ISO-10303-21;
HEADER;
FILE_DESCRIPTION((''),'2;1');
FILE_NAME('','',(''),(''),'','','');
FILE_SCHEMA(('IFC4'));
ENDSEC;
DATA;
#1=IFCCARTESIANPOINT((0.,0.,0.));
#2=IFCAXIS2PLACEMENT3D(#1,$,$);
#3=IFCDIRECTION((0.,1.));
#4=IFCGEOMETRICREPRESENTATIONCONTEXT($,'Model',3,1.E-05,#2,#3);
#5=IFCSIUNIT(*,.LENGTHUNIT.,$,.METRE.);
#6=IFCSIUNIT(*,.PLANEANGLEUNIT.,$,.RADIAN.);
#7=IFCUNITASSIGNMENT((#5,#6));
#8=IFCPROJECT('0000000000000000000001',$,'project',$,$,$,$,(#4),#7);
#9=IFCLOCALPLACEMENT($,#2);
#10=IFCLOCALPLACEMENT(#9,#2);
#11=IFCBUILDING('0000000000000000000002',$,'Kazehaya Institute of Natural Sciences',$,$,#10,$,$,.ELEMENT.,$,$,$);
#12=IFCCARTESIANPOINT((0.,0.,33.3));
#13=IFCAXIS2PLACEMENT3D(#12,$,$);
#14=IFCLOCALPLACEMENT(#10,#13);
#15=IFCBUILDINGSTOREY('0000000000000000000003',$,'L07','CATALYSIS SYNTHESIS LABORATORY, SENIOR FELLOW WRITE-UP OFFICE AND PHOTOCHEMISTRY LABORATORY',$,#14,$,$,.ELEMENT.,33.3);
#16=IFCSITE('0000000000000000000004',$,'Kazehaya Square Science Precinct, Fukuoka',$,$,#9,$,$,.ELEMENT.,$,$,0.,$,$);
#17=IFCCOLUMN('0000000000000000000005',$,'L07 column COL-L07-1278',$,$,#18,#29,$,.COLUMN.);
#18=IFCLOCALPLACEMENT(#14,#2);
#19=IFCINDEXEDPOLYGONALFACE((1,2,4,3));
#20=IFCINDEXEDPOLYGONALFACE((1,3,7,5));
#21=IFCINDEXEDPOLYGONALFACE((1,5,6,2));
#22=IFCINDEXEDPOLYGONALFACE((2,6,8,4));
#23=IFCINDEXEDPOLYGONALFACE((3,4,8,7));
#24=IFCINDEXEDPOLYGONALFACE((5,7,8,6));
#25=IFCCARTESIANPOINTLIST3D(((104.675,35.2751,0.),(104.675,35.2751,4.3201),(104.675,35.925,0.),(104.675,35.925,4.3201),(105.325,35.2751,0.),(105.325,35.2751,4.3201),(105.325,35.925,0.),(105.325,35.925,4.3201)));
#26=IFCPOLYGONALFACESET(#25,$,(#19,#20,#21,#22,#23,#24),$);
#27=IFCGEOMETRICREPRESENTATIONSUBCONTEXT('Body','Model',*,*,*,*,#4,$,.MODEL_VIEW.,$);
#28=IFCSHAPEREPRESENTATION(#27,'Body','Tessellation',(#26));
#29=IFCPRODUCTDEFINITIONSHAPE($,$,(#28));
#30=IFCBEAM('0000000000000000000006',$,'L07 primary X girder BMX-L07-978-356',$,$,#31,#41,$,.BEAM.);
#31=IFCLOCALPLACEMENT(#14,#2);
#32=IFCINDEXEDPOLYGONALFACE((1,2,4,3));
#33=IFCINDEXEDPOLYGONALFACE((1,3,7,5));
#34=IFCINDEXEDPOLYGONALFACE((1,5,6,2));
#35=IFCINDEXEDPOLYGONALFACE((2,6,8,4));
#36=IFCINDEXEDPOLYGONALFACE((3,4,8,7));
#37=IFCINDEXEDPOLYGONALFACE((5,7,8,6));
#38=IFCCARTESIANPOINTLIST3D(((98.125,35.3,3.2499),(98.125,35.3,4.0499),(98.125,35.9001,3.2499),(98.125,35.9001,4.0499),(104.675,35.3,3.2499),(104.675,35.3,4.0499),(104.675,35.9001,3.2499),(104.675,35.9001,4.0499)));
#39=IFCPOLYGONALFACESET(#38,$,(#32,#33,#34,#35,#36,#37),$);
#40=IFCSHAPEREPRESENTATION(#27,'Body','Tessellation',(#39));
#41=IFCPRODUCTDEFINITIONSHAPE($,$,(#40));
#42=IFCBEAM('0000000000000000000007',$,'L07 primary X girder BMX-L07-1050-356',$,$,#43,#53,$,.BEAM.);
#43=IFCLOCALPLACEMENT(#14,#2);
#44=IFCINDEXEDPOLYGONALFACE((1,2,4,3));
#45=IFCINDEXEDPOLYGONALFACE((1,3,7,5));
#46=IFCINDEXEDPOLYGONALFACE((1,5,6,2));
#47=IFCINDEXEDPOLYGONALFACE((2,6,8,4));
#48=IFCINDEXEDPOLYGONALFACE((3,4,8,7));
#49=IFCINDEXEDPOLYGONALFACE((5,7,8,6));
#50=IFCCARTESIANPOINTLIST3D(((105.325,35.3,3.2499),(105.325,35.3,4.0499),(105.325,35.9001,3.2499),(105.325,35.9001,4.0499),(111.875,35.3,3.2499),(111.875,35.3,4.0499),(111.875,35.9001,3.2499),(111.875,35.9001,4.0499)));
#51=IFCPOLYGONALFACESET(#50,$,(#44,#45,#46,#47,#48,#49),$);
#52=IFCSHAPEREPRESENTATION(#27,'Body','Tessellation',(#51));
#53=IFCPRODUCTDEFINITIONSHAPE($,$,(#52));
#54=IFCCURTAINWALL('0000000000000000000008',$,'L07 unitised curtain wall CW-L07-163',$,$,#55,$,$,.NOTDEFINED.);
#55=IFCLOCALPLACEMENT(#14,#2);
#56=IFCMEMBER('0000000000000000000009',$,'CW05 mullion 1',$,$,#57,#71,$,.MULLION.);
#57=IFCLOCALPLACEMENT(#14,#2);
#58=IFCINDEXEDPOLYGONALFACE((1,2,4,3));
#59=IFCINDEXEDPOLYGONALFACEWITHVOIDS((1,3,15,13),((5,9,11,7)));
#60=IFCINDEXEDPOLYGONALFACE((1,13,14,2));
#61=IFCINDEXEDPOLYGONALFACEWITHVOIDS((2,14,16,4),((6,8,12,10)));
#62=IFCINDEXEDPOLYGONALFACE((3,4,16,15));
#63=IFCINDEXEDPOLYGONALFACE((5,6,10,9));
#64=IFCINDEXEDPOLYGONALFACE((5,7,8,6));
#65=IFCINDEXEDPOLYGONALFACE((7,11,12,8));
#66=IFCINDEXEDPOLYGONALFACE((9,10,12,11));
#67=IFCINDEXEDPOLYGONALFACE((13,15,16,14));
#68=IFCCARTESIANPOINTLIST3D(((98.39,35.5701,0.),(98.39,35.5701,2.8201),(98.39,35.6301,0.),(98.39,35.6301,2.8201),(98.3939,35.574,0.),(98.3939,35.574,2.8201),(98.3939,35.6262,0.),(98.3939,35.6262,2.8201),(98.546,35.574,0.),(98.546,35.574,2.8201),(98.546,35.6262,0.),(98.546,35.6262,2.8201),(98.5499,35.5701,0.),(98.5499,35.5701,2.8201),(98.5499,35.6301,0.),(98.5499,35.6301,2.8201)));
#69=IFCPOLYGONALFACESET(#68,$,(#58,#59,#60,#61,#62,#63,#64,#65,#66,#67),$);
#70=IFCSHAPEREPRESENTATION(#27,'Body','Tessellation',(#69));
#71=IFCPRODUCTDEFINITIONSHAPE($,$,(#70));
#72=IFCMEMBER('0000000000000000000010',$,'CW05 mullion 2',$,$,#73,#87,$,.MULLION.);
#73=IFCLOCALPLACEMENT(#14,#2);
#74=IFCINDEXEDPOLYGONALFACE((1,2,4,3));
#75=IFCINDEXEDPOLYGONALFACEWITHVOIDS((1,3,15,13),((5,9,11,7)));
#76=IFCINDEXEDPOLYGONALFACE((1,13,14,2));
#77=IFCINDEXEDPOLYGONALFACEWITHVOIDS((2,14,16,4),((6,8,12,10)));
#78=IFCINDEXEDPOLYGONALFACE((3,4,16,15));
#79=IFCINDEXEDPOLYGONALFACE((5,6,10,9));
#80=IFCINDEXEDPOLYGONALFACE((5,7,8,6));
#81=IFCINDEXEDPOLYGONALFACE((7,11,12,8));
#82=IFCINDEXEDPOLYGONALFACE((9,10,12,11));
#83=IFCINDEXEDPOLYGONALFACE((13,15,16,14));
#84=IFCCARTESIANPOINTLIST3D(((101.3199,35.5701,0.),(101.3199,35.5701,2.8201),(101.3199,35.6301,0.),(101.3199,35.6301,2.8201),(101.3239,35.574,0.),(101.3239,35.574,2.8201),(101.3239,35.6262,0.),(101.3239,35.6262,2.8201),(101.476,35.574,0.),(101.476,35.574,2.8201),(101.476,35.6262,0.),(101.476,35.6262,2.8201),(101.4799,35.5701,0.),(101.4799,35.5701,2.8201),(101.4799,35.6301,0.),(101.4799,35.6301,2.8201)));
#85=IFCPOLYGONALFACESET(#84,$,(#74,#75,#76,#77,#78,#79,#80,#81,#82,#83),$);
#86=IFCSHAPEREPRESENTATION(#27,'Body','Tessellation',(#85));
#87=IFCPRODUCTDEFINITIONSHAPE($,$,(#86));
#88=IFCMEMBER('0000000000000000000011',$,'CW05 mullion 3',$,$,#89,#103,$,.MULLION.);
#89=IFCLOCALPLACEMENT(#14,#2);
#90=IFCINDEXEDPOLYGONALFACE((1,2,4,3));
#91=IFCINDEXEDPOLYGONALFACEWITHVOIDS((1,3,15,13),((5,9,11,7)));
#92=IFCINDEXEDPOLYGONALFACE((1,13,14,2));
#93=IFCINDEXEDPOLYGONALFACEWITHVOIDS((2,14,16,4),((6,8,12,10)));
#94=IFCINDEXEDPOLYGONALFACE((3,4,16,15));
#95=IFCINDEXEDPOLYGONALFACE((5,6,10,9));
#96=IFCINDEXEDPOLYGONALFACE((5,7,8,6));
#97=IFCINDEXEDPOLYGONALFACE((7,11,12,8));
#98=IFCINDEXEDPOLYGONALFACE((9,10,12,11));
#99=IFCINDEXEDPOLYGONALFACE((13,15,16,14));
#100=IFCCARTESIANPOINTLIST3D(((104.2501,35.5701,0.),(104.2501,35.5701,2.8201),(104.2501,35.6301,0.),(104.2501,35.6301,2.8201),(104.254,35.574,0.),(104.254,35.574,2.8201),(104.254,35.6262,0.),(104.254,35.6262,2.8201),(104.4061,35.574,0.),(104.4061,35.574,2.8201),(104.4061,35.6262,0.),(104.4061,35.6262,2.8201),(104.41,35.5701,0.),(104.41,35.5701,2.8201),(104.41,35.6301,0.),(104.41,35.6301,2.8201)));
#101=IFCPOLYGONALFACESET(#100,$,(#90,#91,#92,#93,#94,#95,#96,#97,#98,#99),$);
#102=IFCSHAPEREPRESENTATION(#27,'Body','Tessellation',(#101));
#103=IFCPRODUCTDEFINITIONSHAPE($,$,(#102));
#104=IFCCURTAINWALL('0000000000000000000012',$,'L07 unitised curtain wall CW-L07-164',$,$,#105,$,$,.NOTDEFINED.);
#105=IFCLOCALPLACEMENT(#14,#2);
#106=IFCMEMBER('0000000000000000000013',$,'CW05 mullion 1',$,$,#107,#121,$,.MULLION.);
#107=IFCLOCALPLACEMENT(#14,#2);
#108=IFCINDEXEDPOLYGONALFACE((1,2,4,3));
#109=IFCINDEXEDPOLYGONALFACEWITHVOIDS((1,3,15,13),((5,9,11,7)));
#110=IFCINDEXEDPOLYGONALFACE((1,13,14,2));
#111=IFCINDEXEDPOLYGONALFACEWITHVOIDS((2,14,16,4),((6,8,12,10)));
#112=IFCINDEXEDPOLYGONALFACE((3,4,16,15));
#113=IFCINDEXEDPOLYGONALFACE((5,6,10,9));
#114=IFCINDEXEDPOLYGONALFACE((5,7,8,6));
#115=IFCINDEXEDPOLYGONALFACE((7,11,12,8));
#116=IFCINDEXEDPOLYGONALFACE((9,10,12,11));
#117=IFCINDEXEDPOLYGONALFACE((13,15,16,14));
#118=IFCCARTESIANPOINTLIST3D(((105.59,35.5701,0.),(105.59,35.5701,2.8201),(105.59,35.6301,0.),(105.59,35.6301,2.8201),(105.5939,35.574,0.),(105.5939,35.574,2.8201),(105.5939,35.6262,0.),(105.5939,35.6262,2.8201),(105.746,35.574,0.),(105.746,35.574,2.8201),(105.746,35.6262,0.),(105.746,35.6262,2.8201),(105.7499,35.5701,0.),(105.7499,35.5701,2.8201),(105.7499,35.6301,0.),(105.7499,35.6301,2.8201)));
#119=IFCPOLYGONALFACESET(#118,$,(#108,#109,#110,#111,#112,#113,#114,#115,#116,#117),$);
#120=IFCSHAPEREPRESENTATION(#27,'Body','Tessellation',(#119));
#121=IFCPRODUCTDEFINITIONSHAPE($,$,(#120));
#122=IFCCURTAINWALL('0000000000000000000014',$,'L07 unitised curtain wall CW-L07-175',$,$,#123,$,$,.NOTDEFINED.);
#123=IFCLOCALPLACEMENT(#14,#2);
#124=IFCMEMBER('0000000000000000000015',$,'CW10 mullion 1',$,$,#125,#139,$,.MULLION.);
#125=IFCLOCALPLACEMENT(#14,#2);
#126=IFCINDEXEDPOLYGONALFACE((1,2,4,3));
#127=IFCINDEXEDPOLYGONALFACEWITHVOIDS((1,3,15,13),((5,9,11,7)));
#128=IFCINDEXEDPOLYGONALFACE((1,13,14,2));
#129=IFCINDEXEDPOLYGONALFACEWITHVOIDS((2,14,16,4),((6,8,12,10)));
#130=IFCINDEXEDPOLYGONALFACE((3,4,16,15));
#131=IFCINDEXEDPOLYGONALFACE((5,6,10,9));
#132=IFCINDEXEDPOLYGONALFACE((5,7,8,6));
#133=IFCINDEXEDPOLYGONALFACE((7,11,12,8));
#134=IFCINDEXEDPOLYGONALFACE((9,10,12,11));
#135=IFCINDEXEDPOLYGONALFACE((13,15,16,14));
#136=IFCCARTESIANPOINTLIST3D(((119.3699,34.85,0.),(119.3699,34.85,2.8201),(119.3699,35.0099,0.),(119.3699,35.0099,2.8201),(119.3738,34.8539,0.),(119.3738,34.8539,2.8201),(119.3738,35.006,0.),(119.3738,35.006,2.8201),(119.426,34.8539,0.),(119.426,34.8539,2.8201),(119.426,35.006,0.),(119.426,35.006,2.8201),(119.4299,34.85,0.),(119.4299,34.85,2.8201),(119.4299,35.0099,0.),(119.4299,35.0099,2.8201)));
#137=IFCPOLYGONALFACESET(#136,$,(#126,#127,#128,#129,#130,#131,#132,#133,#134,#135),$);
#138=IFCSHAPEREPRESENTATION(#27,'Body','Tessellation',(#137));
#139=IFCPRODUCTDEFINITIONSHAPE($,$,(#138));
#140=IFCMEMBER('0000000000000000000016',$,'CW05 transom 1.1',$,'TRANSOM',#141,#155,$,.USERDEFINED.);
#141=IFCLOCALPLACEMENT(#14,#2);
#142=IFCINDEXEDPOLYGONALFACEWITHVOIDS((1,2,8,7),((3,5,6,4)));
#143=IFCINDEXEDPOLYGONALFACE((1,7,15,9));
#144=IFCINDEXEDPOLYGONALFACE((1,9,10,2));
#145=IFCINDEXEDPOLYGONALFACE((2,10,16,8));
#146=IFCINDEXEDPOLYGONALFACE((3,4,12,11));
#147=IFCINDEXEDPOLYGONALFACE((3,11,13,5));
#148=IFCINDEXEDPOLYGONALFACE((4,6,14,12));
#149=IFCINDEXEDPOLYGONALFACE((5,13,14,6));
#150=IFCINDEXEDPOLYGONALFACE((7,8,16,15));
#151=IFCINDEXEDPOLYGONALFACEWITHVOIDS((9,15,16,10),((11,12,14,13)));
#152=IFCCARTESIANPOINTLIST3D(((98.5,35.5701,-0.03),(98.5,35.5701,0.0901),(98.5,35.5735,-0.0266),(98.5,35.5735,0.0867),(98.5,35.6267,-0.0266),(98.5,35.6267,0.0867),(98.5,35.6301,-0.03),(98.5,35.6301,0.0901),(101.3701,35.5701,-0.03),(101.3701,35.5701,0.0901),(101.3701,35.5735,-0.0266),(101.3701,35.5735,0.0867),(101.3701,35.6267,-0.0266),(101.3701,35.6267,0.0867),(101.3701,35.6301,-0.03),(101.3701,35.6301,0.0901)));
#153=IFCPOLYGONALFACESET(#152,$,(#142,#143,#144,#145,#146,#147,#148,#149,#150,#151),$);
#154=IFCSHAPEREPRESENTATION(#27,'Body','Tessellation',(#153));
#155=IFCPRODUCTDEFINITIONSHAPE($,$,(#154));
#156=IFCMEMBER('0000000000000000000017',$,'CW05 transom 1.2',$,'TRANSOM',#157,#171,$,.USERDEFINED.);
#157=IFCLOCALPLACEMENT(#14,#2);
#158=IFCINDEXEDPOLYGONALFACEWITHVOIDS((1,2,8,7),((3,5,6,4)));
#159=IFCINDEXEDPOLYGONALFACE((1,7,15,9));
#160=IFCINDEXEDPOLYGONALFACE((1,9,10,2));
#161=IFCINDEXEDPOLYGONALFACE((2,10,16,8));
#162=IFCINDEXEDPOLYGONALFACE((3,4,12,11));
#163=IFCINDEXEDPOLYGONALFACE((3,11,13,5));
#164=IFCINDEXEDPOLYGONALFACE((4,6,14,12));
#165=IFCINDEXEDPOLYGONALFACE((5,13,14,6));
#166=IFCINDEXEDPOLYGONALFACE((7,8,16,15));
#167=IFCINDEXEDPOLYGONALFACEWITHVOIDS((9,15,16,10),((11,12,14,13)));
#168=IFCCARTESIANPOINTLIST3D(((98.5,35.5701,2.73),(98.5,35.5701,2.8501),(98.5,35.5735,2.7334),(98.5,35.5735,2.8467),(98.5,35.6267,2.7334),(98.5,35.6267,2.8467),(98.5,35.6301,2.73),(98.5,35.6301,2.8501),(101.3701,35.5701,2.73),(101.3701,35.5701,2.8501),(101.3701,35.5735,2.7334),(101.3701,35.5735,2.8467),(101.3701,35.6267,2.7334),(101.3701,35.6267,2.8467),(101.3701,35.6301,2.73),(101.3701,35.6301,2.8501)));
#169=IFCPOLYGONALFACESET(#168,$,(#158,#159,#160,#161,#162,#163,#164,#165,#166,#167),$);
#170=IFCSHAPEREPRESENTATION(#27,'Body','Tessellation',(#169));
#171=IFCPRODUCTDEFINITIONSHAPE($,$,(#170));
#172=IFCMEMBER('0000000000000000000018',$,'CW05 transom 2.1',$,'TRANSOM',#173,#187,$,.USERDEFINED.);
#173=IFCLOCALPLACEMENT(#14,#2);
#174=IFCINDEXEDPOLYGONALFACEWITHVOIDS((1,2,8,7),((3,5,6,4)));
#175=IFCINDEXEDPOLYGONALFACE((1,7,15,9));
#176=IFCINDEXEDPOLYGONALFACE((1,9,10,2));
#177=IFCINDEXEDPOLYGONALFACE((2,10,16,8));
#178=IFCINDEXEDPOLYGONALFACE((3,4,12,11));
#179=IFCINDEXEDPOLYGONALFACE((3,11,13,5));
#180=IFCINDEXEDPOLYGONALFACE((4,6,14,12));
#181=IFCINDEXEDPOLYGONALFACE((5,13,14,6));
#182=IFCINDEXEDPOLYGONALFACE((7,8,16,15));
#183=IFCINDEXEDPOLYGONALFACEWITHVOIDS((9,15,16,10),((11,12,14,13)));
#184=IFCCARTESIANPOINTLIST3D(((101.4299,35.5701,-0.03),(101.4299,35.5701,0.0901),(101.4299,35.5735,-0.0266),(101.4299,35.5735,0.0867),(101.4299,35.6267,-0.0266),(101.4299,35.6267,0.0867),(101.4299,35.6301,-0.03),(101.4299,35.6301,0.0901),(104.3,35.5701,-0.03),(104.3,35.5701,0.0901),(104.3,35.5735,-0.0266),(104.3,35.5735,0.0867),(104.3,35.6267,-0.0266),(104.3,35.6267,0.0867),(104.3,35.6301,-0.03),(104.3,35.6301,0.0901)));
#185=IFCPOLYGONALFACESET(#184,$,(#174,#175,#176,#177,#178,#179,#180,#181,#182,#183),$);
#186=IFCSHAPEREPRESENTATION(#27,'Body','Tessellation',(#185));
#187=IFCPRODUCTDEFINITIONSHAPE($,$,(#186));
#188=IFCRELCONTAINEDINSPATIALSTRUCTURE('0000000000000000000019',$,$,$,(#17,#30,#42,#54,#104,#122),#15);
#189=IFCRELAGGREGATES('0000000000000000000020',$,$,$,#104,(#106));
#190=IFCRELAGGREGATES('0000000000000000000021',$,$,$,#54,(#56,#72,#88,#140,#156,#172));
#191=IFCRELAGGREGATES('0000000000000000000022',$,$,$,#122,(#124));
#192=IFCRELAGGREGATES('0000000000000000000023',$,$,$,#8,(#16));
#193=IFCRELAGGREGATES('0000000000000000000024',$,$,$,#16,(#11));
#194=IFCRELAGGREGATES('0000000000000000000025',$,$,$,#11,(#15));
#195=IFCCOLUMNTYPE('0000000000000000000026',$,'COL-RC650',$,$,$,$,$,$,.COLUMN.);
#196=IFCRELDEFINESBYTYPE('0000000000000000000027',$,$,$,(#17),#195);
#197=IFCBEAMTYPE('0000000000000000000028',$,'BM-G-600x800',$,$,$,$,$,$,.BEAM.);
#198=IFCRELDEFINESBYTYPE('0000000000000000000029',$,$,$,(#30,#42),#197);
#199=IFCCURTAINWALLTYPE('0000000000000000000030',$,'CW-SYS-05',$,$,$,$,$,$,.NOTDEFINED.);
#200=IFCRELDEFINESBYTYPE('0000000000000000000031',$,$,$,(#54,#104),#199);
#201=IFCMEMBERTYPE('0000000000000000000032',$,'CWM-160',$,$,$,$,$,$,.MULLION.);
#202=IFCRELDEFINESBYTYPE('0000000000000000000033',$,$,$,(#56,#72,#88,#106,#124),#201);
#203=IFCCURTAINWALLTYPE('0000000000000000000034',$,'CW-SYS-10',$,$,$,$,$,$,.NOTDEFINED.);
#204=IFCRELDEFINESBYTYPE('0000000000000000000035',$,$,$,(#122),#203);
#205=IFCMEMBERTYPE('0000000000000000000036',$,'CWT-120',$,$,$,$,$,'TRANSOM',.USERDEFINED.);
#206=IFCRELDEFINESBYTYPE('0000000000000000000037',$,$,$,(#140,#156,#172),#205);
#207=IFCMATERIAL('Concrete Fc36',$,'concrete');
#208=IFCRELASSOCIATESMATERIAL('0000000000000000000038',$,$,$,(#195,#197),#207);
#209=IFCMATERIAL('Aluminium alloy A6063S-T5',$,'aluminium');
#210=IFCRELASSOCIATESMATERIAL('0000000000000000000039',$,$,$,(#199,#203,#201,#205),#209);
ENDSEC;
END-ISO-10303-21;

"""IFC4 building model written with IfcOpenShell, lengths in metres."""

from ifc_helpers import new_model, si_unit, direction, frame, origin, origin_2d, place, context, subcontext, project, spatial, rectangle, hollow_rectangle, extrude, material, material_profile, profile_set, type_object, element, aggregate, save


model = new_model("IFC4")

# Units and contexts
model_context = context("Model", 3, precision=1e-05, world=origin(), true_north=direction((0.0, 1.0)))
body_context = subcontext(model_context, "Body", "Model", "MODEL_VIEW")
ifc_project = project(units=[si_unit("LENGTHUNIT", "METRE"), si_unit("PLANEANGLEUNIT", "RADIAN")], contexts=[model_context])

# Site, building, storey
site_placement = place(None, origin())
site = spatial("IfcSite", under=ifc_project, at=site_placement, Name="Kazehaya Square Science Precinct, Fukuoka", CompositionType="ELEMENT", RefElevation=0.0)
building_placement = place(site_placement, origin())
building = spatial("IfcBuilding", under=site, at=building_placement, Name="Kazehaya Institute of Natural Sciences", CompositionType="ELEMENT")
storey_placement = place(building_placement, frame((0.0, 0.0, 33.3)))
storey = spatial("IfcBuildingStorey", under=building, at=storey_placement, Name="L07", Description="CATALYSIS SYNTHESIS LABORATORY, SENIOR FELLOW WRITE-UP OFFICE AND PHOTOCHEMISTRY LABORATORY", CompositionType="ELEMENT", Elevation=33.3)

# Column
ifc_material_1 = material(Name="Concrete Fc36", Category="concrete")
ifc_material_profile_1 = material_profile(ifc_material_1, rectangle(XDim=0.6499, YDim=0.6499, at=origin_2d()), Name="RC-650x650")
ifc_profile_set_1 = profile_set([ifc_material_profile_1], Name="Concrete Fc36")
column_type = type_object("IfcColumnType", Name="COL-RC650", PredefinedType="COLUMN", material=ifc_profile_set_1)
column_placement = place(storey_placement, frame((105.0, 35.6001, 0.0), z_axis=(0.0, 0.0, 1.0), x_axis=(1.0, 0.0, 0.0)))
element("IfcColumn", 1, at=column_placement, inside=storey, type_object=column_type, Name="L07 column COL-L07-1278", PredefinedType="COLUMN", context=body_context, shape_type="SweptSolid", body=[
    extrude(rectangle(XDim=0.6499, YDim=0.6499, at=origin_2d()), origin(), (0.0, 0.0, 1.0), 4.3201),
])

# Beams
ifc_material_profile_2 = material_profile(ifc_material_1, rectangle(XDim=0.6001, YDim=0.8, at=origin_2d()), Name="RC-600x800")
ifc_profile_set_2 = profile_set([ifc_material_profile_2], Name="Concrete Fc36")
beam_type = type_object("IfcBeamType", Name="BM-G-600x800", PredefinedType="BEAM", material=ifc_profile_set_2)
for number, where, z_axis, x_axis, name in (
    (2, (98.125, 35.6001, 3.6499), (1.0, 0.0, 0.0), (0.0, 1.0, 0.0), "L07 primary X girder BMX-L07-978-356"),
    (3, (105.325, 35.6001, 3.6499), (1.0, 0.0, 0.0), (0.0, 1.0, 0.0), "L07 primary X girder BMX-L07-1050-356"),
):
    element("IfcBeam", number, at=place(storey_placement, frame(where, z_axis=z_axis, x_axis=x_axis)), inside=storey, type_object=beam_type, Name=name, PredefinedType="BEAM", context=body_context, shape_type="SweptSolid", body=[
        extrude(rectangle(XDim=0.6001, YDim=0.8, at=origin_2d()), origin(), (0.0, 0.0, 1.0), 6.55),
    ])

# Curtain wall, members
ifc_material_2 = material(Name="Aluminium alloy A6063S-T5", Category="aluminium")
curtain_wall_type_1 = type_object("IfcCurtainWallType", Name="CW-SYS-05", PredefinedType="NOTDEFINED", material=ifc_material_2)
curtain_wall_1_placement = place(storey_placement, origin())
curtain_wall_1 = element("IfcCurtainWall", 4, at=curtain_wall_1_placement, inside=storey, type_object=curtain_wall_type_1, Name="L07 unitised curtain wall CW-L07-163", PredefinedType="NOTDEFINED")
ifc_material_profile_3 = material_profile(ifc_material_2, hollow_rectangle(XDim=0.0601, YDim=0.1599, WallThickness=0.0039, at=origin_2d()), Name="ALU-60x160x4")
ifc_profile_set_3 = profile_set([ifc_material_profile_3], Name="Aluminium alloy A6063S-T5")
member_type_1 = type_object("IfcMemberType", Name="CWM-160", PredefinedType="MULLION", material=ifc_profile_set_3)
member_1_placement = place(storey_placement, frame((98.47, 35.6001, 0.0), z_axis=(0.0, 0.0, 1.0), x_axis=(0.0, 1.0, 0.0)))
member_1 = element("IfcMember", 5, at=member_1_placement, type_object=member_type_1, Name="CW05 mullion 1", PredefinedType="MULLION", context=body_context, shape_type="SweptSolid", body=[
    extrude(hollow_rectangle(XDim=0.0601, YDim=0.1599, WallThickness=0.0039, at=origin_2d()), origin(), (0.0, 0.0, 1.0), 2.8201),
])
member_2_placement = place(storey_placement, frame((101.3999, 35.6001, 0.0), z_axis=(0.0, 0.0, 1.0), x_axis=(0.0, 1.0, 0.0)))
member_2 = element("IfcMember", 6, at=member_2_placement, type_object=member_type_1, Name="CW05 mullion 2", PredefinedType="MULLION", context=body_context, shape_type="SweptSolid", body=[
    extrude(hollow_rectangle(XDim=0.0601, YDim=0.1599, WallThickness=0.0039, at=origin_2d()), origin(), (0.0, 0.0, 1.0), 2.8201),
])
member_3_placement = place(storey_placement, frame((104.3301, 35.6001, 0.0), z_axis=(0.0, 0.0, 1.0), x_axis=(0.0, 1.0, 0.0)))
member_3 = element("IfcMember", 7, at=member_3_placement, type_object=member_type_1, Name="CW05 mullion 3", PredefinedType="MULLION", context=body_context, shape_type="SweptSolid", body=[
    extrude(hollow_rectangle(XDim=0.0601, YDim=0.1599, WallThickness=0.0039, at=origin_2d()), origin(), (0.0, 0.0, 1.0), 2.8201),
])

# Curtain walls, members
curtain_wall_2_placement = place(storey_placement, origin())
curtain_wall_2 = element("IfcCurtainWall", 8, at=curtain_wall_2_placement, inside=storey, type_object=curtain_wall_type_1, Name="L07 unitised curtain wall CW-L07-164", PredefinedType="NOTDEFINED")
member_4_placement = place(storey_placement, frame((105.6699, 35.6001, 0.0), z_axis=(0.0, 0.0, 1.0), x_axis=(0.0, 1.0, 0.0)))
member_4 = element("IfcMember", 9, at=member_4_placement, type_object=member_type_1, Name="CW05 mullion 1", PredefinedType="MULLION", context=body_context, shape_type="SweptSolid", body=[
    extrude(hollow_rectangle(XDim=0.0601, YDim=0.1599, WallThickness=0.0039, at=origin_2d()), origin(), (0.0, 0.0, 1.0), 2.8201),
])
curtain_wall_type_2 = type_object("IfcCurtainWallType", Name="CW-SYS-10", PredefinedType="NOTDEFINED", material=ifc_material_2)
curtain_wall_3_placement = place(storey_placement, origin())
curtain_wall_3 = element("IfcCurtainWall", 10, at=curtain_wall_3_placement, inside=storey, type_object=curtain_wall_type_2, Name="L07 unitised curtain wall CW-L07-175", PredefinedType="NOTDEFINED")
member_5_placement = place(storey_placement, frame((119.3999, 34.9299, 0.0), z_axis=(0.0, 0.0, 1.0), x_axis=(1.0, 0.0, 0.0)))
member_5 = element("IfcMember", 11, at=member_5_placement, type_object=member_type_1, Name="CW10 mullion 1", PredefinedType="MULLION", context=body_context, shape_type="SweptSolid", body=[
    extrude(hollow_rectangle(XDim=0.0601, YDim=0.1599, WallThickness=0.0039, at=origin_2d()), origin(), (0.0, 0.0, 1.0), 2.8201),
])

# Members
ifc_material_profile_4 = material_profile(ifc_material_2, hollow_rectangle(XDim=0.0601, YDim=0.1201, WallThickness=0.0034, at=origin_2d()), Name="ALU-60x120x3.5")
ifc_profile_set_4 = profile_set([ifc_material_profile_4], Name="Aluminium alloy A6063S-T5")
member_type_2 = type_object("IfcMemberType", Name="CWT-120", ElementType="TRANSOM", PredefinedType="USERDEFINED", material=ifc_profile_set_4)
member_6_placement = place(storey_placement, frame((98.5, 35.6001, 0.03), z_axis=(1.0, 0.0, 0.0), x_axis=(0.0, 1.0, 0.0)))
member_6 = element("IfcMember", 12, at=member_6_placement, type_object=member_type_2, Name="CW05 transom 1.1", ObjectType="TRANSOM", PredefinedType="USERDEFINED", context=body_context, shape_type="SweptSolid", body=[
    extrude(hollow_rectangle(XDim=0.0601, YDim=0.1201, WallThickness=0.0034, at=origin_2d()), origin(), (0.0, 0.0, 1.0), 2.8701),
])
member_7_placement = place(storey_placement, frame((98.5, 35.6001, 2.79), z_axis=(1.0, 0.0, 0.0), x_axis=(0.0, 1.0, 0.0)))
member_7 = element("IfcMember", 13, at=member_7_placement, type_object=member_type_2, Name="CW05 transom 1.2", ObjectType="TRANSOM", PredefinedType="USERDEFINED", context=body_context, shape_type="SweptSolid", body=[
    extrude(hollow_rectangle(XDim=0.0601, YDim=0.1201, WallThickness=0.0034, at=origin_2d()), origin(), (0.0, 0.0, 1.0), 2.8701),
])
member_8_placement = place(storey_placement, frame((101.4299, 35.6001, 0.03), z_axis=(1.0, 0.0, 0.0), x_axis=(0.0, 1.0, 0.0)))
member_8 = element("IfcMember", 14, at=member_8_placement, type_object=member_type_2, Name="CW05 transom 2.1", ObjectType="TRANSOM", PredefinedType="USERDEFINED", context=body_context, shape_type="SweptSolid", body=[
    extrude(hollow_rectangle(XDim=0.0601, YDim=0.1201, WallThickness=0.0034, at=origin_2d()), origin(), (0.0, 0.0, 1.0), 2.8701),
])
aggregate(curtain_wall_2, [member_4])

aggregate(curtain_wall_1, [member_1, member_2, member_3, member_6, member_7, member_8])
aggregate(curtain_wall_3, [member_5])

save(model, "model.ifc")
